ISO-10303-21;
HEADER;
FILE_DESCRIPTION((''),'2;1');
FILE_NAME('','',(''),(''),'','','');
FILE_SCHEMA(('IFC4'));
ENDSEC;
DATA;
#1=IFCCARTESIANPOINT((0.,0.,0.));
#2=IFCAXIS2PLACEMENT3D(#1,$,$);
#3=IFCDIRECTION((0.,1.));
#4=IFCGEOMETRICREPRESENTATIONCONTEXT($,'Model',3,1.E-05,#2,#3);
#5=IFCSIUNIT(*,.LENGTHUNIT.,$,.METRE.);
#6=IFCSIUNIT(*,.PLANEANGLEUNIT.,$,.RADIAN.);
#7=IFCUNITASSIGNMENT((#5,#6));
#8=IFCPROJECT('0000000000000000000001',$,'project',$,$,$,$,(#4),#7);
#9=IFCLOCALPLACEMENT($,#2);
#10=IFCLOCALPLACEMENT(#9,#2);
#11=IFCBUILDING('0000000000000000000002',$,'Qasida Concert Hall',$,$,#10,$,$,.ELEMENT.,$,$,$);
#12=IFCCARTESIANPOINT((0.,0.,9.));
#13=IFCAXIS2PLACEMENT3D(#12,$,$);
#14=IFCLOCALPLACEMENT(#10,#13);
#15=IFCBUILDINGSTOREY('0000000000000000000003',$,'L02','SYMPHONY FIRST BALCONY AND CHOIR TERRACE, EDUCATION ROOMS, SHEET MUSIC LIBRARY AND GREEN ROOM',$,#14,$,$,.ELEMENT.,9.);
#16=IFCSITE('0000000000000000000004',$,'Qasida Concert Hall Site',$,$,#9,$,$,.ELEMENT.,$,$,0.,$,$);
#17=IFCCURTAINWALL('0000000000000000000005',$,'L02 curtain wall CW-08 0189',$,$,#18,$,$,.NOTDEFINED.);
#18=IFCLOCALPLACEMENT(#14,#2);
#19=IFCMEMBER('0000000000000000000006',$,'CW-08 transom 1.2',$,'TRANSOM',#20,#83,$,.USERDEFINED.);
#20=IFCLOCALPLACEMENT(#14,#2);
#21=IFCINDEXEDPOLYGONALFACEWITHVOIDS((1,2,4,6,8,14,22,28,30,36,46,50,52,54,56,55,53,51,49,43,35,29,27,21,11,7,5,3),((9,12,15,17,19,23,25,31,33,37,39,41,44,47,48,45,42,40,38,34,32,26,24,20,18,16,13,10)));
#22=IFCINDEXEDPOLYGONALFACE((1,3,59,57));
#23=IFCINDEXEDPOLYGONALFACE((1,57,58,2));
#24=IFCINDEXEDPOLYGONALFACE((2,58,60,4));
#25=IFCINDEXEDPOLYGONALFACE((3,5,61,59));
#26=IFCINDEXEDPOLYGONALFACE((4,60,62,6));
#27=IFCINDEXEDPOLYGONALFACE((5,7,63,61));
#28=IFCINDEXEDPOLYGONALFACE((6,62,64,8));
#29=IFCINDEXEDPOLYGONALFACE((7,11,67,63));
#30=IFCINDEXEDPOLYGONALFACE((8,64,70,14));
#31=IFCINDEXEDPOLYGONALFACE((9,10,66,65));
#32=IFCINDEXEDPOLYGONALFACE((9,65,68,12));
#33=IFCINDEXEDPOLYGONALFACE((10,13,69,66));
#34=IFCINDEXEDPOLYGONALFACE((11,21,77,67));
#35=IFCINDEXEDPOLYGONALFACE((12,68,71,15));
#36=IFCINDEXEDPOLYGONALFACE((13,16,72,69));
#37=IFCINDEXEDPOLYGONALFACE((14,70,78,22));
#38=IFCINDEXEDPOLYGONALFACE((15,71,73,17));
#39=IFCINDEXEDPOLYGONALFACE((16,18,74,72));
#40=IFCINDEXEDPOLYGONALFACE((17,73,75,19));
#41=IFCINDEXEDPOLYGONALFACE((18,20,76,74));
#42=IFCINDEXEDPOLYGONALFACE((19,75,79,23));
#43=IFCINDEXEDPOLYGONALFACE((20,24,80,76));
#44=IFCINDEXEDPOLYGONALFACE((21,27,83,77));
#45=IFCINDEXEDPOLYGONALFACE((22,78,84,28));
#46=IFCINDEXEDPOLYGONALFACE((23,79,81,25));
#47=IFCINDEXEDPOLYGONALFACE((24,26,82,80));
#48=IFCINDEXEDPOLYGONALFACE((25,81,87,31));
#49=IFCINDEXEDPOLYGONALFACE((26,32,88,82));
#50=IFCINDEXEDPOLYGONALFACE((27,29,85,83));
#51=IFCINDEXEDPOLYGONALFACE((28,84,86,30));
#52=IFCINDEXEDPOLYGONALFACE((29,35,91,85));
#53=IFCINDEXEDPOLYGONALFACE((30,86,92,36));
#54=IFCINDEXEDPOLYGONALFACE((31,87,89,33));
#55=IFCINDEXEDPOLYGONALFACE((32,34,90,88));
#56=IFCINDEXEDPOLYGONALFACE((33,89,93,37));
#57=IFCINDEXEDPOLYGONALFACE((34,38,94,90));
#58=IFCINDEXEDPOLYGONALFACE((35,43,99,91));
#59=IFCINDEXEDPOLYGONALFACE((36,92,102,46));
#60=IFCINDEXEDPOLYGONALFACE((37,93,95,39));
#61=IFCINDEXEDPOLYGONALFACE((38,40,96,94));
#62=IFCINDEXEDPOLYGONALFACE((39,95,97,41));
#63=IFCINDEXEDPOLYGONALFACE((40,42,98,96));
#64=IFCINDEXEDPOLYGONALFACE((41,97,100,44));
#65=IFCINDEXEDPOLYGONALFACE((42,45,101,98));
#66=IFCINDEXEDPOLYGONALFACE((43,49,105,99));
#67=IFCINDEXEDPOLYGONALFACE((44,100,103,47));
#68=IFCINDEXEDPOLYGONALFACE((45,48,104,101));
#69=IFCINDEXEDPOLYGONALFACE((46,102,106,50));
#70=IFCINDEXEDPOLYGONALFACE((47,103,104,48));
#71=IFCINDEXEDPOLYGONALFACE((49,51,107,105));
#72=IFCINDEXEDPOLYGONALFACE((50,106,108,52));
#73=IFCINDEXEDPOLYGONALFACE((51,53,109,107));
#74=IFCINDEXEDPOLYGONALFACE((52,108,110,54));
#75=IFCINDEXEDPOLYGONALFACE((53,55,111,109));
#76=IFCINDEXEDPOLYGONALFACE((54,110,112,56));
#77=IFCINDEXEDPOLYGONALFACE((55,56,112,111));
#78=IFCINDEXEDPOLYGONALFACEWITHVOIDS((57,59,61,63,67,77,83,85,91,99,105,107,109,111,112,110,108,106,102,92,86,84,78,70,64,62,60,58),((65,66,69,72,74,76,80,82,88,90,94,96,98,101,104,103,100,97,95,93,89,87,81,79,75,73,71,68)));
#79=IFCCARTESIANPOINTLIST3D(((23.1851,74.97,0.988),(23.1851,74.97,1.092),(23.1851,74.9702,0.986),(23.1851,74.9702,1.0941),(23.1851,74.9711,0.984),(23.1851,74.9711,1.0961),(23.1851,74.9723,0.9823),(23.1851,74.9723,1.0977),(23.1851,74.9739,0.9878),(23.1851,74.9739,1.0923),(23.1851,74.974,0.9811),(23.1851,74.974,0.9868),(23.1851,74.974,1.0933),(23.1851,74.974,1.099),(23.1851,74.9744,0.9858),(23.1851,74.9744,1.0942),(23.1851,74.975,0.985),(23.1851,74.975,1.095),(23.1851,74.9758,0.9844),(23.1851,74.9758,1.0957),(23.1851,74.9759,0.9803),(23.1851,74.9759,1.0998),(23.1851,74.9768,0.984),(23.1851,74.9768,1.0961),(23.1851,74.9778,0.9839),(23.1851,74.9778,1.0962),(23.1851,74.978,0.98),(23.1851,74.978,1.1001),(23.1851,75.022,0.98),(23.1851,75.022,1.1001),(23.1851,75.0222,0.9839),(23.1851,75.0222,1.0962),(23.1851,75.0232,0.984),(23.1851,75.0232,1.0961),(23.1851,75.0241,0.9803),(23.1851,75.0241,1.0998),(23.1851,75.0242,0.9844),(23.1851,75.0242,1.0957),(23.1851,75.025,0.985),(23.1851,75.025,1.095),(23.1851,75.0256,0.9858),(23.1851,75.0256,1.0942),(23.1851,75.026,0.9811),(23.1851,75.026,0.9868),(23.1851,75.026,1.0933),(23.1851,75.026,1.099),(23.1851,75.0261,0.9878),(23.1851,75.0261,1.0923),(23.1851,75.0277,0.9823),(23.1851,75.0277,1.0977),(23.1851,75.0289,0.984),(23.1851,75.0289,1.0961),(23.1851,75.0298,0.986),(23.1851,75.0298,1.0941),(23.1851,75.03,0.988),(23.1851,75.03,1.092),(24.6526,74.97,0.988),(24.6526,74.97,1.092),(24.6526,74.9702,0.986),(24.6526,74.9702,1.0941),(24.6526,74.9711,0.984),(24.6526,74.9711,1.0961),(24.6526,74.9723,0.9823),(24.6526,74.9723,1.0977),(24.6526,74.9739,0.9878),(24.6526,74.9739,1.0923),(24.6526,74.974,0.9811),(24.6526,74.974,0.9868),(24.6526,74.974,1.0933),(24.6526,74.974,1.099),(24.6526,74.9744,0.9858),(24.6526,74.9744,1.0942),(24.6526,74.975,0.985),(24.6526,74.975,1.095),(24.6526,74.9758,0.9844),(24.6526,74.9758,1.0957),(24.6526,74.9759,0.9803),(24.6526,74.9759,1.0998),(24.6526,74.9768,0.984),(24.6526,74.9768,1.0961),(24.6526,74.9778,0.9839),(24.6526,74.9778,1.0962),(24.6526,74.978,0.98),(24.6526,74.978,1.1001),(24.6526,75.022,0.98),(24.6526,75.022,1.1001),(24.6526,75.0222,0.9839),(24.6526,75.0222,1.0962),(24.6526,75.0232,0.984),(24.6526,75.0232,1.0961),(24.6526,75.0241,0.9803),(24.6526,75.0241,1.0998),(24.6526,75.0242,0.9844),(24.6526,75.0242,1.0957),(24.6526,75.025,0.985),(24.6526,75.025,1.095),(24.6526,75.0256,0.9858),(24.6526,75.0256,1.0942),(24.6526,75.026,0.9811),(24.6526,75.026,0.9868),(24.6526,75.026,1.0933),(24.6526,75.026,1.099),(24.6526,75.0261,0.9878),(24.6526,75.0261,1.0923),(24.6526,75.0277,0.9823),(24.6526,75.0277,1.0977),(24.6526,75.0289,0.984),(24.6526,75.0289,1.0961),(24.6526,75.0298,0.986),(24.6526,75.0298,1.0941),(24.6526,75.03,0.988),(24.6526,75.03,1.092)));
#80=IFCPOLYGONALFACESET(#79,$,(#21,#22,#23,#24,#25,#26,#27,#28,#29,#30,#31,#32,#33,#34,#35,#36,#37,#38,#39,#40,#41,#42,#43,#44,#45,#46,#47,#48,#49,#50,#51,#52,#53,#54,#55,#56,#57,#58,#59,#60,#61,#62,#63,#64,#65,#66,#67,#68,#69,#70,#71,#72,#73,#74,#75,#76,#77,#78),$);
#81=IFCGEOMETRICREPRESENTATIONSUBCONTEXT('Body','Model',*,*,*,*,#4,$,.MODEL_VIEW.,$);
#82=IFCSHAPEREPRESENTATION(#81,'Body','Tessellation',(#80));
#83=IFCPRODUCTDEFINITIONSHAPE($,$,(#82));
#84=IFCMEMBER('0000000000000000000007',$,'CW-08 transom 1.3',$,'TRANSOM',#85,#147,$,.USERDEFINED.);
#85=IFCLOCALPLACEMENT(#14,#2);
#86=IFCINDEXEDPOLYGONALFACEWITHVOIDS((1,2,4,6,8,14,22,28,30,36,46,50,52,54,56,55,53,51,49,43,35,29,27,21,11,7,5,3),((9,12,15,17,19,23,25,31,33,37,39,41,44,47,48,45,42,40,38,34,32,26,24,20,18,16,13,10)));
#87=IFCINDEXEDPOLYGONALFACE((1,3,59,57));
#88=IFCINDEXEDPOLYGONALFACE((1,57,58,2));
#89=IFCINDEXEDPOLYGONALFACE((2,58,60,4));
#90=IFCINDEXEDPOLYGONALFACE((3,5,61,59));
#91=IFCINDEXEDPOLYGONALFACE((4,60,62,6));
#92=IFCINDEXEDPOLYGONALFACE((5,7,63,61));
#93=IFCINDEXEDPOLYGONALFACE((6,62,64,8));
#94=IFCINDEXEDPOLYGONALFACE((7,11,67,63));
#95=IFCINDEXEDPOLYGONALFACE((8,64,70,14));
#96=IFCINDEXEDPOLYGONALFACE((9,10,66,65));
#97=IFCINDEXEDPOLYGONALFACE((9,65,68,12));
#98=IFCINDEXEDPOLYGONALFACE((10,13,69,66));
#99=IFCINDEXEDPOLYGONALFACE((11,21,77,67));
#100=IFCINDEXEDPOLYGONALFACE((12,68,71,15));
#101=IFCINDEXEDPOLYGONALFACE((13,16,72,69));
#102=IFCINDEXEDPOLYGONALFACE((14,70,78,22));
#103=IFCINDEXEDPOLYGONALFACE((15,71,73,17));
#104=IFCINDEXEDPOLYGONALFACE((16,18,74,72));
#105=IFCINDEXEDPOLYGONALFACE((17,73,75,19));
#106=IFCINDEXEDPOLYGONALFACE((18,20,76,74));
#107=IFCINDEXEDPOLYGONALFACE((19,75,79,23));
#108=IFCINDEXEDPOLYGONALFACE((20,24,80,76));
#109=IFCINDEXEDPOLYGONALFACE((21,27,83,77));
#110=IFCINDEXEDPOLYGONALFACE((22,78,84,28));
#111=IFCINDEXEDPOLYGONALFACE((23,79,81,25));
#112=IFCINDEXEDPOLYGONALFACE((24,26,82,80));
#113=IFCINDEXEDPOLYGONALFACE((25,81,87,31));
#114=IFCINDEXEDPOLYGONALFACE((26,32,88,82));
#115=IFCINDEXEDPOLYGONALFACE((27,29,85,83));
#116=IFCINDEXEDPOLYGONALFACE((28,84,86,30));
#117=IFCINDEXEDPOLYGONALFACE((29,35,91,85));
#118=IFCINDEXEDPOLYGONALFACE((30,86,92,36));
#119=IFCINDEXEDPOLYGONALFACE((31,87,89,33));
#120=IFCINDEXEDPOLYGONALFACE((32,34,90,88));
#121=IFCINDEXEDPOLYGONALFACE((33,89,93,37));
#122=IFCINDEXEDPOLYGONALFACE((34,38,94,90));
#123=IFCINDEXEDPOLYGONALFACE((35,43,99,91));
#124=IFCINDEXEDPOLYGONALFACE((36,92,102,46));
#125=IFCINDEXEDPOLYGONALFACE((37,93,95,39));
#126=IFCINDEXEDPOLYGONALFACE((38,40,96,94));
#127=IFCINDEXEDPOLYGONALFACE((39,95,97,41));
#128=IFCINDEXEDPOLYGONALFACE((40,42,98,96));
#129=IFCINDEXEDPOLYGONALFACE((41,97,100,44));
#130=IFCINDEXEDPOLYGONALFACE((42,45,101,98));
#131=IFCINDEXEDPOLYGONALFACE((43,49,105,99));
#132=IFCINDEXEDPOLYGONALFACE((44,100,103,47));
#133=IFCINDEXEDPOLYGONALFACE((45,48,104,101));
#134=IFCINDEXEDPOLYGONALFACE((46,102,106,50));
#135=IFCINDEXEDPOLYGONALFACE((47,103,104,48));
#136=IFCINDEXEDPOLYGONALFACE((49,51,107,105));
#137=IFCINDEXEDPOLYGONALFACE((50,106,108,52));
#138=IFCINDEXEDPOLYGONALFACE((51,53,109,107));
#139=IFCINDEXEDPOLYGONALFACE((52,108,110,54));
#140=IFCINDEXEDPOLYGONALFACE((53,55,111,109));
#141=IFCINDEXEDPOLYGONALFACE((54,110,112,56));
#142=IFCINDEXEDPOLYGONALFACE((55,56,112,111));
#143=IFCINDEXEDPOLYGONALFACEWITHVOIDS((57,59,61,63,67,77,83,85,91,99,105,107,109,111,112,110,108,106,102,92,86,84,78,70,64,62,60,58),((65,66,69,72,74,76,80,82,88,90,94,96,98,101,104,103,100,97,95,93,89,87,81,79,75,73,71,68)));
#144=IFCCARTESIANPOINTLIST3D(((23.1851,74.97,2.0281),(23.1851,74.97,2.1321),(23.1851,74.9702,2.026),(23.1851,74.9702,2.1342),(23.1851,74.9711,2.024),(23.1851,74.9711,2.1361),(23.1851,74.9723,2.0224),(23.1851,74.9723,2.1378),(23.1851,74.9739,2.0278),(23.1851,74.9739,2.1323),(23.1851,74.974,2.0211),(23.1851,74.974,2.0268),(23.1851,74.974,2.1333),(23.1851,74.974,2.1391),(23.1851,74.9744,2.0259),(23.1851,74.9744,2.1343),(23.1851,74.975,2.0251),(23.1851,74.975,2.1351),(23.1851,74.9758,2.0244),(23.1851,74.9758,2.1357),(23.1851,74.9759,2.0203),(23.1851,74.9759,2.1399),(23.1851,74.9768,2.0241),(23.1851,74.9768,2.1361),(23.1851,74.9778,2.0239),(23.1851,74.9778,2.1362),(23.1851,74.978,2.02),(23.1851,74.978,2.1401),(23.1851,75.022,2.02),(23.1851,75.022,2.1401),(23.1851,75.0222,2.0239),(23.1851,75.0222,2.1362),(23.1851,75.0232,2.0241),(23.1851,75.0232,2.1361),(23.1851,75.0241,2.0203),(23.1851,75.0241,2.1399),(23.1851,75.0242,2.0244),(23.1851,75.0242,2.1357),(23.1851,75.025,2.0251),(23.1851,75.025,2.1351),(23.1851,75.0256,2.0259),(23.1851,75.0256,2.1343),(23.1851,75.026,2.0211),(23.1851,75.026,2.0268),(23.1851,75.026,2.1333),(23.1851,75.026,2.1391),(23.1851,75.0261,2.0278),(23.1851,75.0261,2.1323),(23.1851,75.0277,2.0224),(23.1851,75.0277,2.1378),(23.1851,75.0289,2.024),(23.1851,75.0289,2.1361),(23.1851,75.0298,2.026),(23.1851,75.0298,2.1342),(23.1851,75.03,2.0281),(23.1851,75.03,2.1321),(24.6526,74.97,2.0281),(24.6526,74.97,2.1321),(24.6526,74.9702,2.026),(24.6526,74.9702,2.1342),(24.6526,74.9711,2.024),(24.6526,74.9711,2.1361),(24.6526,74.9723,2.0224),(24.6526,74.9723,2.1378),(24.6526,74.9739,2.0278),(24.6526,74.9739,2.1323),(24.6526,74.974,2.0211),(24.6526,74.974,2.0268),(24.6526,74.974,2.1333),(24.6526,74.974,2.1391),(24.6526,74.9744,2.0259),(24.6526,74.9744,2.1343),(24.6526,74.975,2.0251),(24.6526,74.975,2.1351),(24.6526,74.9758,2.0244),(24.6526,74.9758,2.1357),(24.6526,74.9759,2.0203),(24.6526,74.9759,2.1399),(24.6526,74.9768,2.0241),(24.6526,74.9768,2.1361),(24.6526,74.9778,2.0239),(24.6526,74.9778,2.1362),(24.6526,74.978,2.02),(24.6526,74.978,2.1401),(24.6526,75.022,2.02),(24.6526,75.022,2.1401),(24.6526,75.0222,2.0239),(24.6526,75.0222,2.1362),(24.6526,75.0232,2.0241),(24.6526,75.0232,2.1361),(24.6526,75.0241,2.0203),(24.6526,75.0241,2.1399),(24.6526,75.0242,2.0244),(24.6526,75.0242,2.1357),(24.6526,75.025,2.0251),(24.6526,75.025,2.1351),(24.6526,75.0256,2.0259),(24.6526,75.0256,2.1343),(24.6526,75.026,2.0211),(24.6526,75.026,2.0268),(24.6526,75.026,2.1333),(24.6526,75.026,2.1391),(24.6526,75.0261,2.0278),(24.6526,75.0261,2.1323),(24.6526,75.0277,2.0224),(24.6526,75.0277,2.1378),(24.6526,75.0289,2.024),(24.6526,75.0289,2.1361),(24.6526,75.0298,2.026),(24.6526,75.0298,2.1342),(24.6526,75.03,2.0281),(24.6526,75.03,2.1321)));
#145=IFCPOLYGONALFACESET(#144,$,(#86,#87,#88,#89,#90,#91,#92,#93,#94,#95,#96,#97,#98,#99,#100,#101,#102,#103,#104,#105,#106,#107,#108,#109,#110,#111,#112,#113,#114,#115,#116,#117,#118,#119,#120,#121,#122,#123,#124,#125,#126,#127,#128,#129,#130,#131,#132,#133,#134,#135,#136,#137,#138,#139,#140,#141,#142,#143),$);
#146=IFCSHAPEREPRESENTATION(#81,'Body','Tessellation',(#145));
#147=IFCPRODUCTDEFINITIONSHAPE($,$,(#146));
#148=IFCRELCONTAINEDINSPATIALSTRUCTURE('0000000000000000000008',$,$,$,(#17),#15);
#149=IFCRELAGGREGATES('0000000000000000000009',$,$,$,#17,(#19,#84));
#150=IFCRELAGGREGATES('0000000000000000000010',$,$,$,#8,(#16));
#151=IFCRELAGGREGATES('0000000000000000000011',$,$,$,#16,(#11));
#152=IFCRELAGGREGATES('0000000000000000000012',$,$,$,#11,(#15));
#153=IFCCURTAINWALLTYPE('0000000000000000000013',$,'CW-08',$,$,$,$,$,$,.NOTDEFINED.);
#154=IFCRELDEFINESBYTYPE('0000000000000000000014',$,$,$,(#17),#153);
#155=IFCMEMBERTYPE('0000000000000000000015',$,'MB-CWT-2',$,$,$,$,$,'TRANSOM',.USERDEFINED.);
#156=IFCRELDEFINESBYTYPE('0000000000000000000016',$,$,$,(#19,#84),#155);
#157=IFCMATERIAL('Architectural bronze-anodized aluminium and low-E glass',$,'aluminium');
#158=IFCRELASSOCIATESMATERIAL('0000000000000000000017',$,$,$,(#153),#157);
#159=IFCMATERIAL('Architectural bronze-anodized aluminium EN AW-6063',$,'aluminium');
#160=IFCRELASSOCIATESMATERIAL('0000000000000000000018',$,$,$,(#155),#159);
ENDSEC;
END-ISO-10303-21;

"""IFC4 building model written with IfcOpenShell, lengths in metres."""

from ifc_helpers import new_model, si_unit, direction, frame, origin, origin_2d, place, context, subcontext, project, spatial, hollow_rectangle, extrude, material, material_profile, profile_set, type_object, element, aggregate, save


model = new_model("IFC4")

# Units and contexts
model_context = context("Model", 3, precision=1e-05, world=origin(), true_north=direction((0.0, 1.0)))
body_context = subcontext(model_context, "Body", "Model", "MODEL_VIEW")
ifc_project = project(units=[si_unit("LENGTHUNIT", "METRE"), si_unit("PLANEANGLEUNIT", "RADIAN")], contexts=[model_context])

# Site, building, storey
site_placement = place(None, origin())
site = spatial("IfcSite", under=ifc_project, at=site_placement, Name="Qasida Concert Hall Site", CompositionType="ELEMENT", RefElevation=0.0)
building_placement = place(site_placement, origin())
building = spatial("IfcBuilding", under=site, at=building_placement, Name="Qasida Concert Hall", CompositionType="ELEMENT")
storey_placement = place(building_placement, frame((0.0, 0.0, 9.0)))
storey = spatial("IfcBuildingStorey", under=building, at=storey_placement, Name="L02", Description="SYMPHONY FIRST BALCONY AND CHOIR TERRACE, EDUCATION ROOMS, SHEET MUSIC LIBRARY AND GREEN ROOM", CompositionType="ELEMENT", Elevation=9.0)

# Shared definitions
ifc_material_1 = material(Name="Architectural bronze-anodized aluminium and low-E glass", Category="aluminium")
curtain_wall_type = type_object("IfcCurtainWallType", Name="CW-08", PredefinedType="NOTDEFINED", material=ifc_material_1)
ifc_material_2 = material(Name="Architectural bronze-anodized aluminium EN AW-6063", Category="aluminium")

# Curtain wall
curtain_wall_1_placement = place(storey_placement, origin())
curtain_wall_1 = element("IfcCurtainWall", 1, at=curtain_wall_1_placement, inside=storey, type_object=curtain_wall_type, Name="L02 curtain wall CW-08 0189", PredefinedType="NOTDEFINED")

# Members
ifc_material_profile_1 = material_profile(ifc_material_2, hollow_rectangle(XDim=0.0601, YDim=0.1201, WallThickness=0.0039, InnerFilletRadius=0.0039, OuterFilletRadius=0.0081, at=origin_2d()), Name="CWT 120x60x4")
ifc_profile_set_1 = profile_set([ifc_material_profile_1], Name="Architectural bronze-anodized aluminium EN AW-6063")
member_type_1 = type_object("IfcMemberType", Name="MB-CWT-2", ElementType="TRANSOM", PredefinedType="USERDEFINED", material=ifc_profile_set_1)
member_1_placement = place(storey_placement, frame((23.1851, 75.0, 1.04), z_axis=(1.0, 0.0, 0.0), x_axis=(0.0, 1.0, 0.0)))
member_1 = element("IfcMember", 2, at=member_1_placement, type_object=member_type_1, Name="CW-08 transom 1.2", ObjectType="TRANSOM", PredefinedType="USERDEFINED", context=body_context, shape_type="SweptSolid", body=[
    extrude(hollow_rectangle(XDim=0.0601, YDim=0.1201, WallThickness=0.0039, InnerFilletRadius=0.0039, OuterFilletRadius=0.0081, at=origin_2d()), origin(), (0.0, 0.0, 1.0), 1.4675),
])
member_2_placement = place(storey_placement, frame((23.1851, 75.0, 2.0801), z_axis=(1.0, 0.0, 0.0), x_axis=(0.0, 1.0, 0.0)))
member_2 = element("IfcMember", 3, at=member_2_placement, type_object=member_type_1, Name="CW-08 transom 1.3", ObjectType="TRANSOM", PredefinedType="USERDEFINED", context=body_context, shape_type="SweptSolid", body=[
    extrude(hollow_rectangle(XDim=0.0601, YDim=0.1201, WallThickness=0.0039, InnerFilletRadius=0.0039, OuterFilletRadius=0.0081, at=origin_2d()), origin(), (0.0, 0.0, 1.0), 1.4675),
])
aggregate(curtain_wall_1, [member_1, member_2])

save(model, "model.ifc")
